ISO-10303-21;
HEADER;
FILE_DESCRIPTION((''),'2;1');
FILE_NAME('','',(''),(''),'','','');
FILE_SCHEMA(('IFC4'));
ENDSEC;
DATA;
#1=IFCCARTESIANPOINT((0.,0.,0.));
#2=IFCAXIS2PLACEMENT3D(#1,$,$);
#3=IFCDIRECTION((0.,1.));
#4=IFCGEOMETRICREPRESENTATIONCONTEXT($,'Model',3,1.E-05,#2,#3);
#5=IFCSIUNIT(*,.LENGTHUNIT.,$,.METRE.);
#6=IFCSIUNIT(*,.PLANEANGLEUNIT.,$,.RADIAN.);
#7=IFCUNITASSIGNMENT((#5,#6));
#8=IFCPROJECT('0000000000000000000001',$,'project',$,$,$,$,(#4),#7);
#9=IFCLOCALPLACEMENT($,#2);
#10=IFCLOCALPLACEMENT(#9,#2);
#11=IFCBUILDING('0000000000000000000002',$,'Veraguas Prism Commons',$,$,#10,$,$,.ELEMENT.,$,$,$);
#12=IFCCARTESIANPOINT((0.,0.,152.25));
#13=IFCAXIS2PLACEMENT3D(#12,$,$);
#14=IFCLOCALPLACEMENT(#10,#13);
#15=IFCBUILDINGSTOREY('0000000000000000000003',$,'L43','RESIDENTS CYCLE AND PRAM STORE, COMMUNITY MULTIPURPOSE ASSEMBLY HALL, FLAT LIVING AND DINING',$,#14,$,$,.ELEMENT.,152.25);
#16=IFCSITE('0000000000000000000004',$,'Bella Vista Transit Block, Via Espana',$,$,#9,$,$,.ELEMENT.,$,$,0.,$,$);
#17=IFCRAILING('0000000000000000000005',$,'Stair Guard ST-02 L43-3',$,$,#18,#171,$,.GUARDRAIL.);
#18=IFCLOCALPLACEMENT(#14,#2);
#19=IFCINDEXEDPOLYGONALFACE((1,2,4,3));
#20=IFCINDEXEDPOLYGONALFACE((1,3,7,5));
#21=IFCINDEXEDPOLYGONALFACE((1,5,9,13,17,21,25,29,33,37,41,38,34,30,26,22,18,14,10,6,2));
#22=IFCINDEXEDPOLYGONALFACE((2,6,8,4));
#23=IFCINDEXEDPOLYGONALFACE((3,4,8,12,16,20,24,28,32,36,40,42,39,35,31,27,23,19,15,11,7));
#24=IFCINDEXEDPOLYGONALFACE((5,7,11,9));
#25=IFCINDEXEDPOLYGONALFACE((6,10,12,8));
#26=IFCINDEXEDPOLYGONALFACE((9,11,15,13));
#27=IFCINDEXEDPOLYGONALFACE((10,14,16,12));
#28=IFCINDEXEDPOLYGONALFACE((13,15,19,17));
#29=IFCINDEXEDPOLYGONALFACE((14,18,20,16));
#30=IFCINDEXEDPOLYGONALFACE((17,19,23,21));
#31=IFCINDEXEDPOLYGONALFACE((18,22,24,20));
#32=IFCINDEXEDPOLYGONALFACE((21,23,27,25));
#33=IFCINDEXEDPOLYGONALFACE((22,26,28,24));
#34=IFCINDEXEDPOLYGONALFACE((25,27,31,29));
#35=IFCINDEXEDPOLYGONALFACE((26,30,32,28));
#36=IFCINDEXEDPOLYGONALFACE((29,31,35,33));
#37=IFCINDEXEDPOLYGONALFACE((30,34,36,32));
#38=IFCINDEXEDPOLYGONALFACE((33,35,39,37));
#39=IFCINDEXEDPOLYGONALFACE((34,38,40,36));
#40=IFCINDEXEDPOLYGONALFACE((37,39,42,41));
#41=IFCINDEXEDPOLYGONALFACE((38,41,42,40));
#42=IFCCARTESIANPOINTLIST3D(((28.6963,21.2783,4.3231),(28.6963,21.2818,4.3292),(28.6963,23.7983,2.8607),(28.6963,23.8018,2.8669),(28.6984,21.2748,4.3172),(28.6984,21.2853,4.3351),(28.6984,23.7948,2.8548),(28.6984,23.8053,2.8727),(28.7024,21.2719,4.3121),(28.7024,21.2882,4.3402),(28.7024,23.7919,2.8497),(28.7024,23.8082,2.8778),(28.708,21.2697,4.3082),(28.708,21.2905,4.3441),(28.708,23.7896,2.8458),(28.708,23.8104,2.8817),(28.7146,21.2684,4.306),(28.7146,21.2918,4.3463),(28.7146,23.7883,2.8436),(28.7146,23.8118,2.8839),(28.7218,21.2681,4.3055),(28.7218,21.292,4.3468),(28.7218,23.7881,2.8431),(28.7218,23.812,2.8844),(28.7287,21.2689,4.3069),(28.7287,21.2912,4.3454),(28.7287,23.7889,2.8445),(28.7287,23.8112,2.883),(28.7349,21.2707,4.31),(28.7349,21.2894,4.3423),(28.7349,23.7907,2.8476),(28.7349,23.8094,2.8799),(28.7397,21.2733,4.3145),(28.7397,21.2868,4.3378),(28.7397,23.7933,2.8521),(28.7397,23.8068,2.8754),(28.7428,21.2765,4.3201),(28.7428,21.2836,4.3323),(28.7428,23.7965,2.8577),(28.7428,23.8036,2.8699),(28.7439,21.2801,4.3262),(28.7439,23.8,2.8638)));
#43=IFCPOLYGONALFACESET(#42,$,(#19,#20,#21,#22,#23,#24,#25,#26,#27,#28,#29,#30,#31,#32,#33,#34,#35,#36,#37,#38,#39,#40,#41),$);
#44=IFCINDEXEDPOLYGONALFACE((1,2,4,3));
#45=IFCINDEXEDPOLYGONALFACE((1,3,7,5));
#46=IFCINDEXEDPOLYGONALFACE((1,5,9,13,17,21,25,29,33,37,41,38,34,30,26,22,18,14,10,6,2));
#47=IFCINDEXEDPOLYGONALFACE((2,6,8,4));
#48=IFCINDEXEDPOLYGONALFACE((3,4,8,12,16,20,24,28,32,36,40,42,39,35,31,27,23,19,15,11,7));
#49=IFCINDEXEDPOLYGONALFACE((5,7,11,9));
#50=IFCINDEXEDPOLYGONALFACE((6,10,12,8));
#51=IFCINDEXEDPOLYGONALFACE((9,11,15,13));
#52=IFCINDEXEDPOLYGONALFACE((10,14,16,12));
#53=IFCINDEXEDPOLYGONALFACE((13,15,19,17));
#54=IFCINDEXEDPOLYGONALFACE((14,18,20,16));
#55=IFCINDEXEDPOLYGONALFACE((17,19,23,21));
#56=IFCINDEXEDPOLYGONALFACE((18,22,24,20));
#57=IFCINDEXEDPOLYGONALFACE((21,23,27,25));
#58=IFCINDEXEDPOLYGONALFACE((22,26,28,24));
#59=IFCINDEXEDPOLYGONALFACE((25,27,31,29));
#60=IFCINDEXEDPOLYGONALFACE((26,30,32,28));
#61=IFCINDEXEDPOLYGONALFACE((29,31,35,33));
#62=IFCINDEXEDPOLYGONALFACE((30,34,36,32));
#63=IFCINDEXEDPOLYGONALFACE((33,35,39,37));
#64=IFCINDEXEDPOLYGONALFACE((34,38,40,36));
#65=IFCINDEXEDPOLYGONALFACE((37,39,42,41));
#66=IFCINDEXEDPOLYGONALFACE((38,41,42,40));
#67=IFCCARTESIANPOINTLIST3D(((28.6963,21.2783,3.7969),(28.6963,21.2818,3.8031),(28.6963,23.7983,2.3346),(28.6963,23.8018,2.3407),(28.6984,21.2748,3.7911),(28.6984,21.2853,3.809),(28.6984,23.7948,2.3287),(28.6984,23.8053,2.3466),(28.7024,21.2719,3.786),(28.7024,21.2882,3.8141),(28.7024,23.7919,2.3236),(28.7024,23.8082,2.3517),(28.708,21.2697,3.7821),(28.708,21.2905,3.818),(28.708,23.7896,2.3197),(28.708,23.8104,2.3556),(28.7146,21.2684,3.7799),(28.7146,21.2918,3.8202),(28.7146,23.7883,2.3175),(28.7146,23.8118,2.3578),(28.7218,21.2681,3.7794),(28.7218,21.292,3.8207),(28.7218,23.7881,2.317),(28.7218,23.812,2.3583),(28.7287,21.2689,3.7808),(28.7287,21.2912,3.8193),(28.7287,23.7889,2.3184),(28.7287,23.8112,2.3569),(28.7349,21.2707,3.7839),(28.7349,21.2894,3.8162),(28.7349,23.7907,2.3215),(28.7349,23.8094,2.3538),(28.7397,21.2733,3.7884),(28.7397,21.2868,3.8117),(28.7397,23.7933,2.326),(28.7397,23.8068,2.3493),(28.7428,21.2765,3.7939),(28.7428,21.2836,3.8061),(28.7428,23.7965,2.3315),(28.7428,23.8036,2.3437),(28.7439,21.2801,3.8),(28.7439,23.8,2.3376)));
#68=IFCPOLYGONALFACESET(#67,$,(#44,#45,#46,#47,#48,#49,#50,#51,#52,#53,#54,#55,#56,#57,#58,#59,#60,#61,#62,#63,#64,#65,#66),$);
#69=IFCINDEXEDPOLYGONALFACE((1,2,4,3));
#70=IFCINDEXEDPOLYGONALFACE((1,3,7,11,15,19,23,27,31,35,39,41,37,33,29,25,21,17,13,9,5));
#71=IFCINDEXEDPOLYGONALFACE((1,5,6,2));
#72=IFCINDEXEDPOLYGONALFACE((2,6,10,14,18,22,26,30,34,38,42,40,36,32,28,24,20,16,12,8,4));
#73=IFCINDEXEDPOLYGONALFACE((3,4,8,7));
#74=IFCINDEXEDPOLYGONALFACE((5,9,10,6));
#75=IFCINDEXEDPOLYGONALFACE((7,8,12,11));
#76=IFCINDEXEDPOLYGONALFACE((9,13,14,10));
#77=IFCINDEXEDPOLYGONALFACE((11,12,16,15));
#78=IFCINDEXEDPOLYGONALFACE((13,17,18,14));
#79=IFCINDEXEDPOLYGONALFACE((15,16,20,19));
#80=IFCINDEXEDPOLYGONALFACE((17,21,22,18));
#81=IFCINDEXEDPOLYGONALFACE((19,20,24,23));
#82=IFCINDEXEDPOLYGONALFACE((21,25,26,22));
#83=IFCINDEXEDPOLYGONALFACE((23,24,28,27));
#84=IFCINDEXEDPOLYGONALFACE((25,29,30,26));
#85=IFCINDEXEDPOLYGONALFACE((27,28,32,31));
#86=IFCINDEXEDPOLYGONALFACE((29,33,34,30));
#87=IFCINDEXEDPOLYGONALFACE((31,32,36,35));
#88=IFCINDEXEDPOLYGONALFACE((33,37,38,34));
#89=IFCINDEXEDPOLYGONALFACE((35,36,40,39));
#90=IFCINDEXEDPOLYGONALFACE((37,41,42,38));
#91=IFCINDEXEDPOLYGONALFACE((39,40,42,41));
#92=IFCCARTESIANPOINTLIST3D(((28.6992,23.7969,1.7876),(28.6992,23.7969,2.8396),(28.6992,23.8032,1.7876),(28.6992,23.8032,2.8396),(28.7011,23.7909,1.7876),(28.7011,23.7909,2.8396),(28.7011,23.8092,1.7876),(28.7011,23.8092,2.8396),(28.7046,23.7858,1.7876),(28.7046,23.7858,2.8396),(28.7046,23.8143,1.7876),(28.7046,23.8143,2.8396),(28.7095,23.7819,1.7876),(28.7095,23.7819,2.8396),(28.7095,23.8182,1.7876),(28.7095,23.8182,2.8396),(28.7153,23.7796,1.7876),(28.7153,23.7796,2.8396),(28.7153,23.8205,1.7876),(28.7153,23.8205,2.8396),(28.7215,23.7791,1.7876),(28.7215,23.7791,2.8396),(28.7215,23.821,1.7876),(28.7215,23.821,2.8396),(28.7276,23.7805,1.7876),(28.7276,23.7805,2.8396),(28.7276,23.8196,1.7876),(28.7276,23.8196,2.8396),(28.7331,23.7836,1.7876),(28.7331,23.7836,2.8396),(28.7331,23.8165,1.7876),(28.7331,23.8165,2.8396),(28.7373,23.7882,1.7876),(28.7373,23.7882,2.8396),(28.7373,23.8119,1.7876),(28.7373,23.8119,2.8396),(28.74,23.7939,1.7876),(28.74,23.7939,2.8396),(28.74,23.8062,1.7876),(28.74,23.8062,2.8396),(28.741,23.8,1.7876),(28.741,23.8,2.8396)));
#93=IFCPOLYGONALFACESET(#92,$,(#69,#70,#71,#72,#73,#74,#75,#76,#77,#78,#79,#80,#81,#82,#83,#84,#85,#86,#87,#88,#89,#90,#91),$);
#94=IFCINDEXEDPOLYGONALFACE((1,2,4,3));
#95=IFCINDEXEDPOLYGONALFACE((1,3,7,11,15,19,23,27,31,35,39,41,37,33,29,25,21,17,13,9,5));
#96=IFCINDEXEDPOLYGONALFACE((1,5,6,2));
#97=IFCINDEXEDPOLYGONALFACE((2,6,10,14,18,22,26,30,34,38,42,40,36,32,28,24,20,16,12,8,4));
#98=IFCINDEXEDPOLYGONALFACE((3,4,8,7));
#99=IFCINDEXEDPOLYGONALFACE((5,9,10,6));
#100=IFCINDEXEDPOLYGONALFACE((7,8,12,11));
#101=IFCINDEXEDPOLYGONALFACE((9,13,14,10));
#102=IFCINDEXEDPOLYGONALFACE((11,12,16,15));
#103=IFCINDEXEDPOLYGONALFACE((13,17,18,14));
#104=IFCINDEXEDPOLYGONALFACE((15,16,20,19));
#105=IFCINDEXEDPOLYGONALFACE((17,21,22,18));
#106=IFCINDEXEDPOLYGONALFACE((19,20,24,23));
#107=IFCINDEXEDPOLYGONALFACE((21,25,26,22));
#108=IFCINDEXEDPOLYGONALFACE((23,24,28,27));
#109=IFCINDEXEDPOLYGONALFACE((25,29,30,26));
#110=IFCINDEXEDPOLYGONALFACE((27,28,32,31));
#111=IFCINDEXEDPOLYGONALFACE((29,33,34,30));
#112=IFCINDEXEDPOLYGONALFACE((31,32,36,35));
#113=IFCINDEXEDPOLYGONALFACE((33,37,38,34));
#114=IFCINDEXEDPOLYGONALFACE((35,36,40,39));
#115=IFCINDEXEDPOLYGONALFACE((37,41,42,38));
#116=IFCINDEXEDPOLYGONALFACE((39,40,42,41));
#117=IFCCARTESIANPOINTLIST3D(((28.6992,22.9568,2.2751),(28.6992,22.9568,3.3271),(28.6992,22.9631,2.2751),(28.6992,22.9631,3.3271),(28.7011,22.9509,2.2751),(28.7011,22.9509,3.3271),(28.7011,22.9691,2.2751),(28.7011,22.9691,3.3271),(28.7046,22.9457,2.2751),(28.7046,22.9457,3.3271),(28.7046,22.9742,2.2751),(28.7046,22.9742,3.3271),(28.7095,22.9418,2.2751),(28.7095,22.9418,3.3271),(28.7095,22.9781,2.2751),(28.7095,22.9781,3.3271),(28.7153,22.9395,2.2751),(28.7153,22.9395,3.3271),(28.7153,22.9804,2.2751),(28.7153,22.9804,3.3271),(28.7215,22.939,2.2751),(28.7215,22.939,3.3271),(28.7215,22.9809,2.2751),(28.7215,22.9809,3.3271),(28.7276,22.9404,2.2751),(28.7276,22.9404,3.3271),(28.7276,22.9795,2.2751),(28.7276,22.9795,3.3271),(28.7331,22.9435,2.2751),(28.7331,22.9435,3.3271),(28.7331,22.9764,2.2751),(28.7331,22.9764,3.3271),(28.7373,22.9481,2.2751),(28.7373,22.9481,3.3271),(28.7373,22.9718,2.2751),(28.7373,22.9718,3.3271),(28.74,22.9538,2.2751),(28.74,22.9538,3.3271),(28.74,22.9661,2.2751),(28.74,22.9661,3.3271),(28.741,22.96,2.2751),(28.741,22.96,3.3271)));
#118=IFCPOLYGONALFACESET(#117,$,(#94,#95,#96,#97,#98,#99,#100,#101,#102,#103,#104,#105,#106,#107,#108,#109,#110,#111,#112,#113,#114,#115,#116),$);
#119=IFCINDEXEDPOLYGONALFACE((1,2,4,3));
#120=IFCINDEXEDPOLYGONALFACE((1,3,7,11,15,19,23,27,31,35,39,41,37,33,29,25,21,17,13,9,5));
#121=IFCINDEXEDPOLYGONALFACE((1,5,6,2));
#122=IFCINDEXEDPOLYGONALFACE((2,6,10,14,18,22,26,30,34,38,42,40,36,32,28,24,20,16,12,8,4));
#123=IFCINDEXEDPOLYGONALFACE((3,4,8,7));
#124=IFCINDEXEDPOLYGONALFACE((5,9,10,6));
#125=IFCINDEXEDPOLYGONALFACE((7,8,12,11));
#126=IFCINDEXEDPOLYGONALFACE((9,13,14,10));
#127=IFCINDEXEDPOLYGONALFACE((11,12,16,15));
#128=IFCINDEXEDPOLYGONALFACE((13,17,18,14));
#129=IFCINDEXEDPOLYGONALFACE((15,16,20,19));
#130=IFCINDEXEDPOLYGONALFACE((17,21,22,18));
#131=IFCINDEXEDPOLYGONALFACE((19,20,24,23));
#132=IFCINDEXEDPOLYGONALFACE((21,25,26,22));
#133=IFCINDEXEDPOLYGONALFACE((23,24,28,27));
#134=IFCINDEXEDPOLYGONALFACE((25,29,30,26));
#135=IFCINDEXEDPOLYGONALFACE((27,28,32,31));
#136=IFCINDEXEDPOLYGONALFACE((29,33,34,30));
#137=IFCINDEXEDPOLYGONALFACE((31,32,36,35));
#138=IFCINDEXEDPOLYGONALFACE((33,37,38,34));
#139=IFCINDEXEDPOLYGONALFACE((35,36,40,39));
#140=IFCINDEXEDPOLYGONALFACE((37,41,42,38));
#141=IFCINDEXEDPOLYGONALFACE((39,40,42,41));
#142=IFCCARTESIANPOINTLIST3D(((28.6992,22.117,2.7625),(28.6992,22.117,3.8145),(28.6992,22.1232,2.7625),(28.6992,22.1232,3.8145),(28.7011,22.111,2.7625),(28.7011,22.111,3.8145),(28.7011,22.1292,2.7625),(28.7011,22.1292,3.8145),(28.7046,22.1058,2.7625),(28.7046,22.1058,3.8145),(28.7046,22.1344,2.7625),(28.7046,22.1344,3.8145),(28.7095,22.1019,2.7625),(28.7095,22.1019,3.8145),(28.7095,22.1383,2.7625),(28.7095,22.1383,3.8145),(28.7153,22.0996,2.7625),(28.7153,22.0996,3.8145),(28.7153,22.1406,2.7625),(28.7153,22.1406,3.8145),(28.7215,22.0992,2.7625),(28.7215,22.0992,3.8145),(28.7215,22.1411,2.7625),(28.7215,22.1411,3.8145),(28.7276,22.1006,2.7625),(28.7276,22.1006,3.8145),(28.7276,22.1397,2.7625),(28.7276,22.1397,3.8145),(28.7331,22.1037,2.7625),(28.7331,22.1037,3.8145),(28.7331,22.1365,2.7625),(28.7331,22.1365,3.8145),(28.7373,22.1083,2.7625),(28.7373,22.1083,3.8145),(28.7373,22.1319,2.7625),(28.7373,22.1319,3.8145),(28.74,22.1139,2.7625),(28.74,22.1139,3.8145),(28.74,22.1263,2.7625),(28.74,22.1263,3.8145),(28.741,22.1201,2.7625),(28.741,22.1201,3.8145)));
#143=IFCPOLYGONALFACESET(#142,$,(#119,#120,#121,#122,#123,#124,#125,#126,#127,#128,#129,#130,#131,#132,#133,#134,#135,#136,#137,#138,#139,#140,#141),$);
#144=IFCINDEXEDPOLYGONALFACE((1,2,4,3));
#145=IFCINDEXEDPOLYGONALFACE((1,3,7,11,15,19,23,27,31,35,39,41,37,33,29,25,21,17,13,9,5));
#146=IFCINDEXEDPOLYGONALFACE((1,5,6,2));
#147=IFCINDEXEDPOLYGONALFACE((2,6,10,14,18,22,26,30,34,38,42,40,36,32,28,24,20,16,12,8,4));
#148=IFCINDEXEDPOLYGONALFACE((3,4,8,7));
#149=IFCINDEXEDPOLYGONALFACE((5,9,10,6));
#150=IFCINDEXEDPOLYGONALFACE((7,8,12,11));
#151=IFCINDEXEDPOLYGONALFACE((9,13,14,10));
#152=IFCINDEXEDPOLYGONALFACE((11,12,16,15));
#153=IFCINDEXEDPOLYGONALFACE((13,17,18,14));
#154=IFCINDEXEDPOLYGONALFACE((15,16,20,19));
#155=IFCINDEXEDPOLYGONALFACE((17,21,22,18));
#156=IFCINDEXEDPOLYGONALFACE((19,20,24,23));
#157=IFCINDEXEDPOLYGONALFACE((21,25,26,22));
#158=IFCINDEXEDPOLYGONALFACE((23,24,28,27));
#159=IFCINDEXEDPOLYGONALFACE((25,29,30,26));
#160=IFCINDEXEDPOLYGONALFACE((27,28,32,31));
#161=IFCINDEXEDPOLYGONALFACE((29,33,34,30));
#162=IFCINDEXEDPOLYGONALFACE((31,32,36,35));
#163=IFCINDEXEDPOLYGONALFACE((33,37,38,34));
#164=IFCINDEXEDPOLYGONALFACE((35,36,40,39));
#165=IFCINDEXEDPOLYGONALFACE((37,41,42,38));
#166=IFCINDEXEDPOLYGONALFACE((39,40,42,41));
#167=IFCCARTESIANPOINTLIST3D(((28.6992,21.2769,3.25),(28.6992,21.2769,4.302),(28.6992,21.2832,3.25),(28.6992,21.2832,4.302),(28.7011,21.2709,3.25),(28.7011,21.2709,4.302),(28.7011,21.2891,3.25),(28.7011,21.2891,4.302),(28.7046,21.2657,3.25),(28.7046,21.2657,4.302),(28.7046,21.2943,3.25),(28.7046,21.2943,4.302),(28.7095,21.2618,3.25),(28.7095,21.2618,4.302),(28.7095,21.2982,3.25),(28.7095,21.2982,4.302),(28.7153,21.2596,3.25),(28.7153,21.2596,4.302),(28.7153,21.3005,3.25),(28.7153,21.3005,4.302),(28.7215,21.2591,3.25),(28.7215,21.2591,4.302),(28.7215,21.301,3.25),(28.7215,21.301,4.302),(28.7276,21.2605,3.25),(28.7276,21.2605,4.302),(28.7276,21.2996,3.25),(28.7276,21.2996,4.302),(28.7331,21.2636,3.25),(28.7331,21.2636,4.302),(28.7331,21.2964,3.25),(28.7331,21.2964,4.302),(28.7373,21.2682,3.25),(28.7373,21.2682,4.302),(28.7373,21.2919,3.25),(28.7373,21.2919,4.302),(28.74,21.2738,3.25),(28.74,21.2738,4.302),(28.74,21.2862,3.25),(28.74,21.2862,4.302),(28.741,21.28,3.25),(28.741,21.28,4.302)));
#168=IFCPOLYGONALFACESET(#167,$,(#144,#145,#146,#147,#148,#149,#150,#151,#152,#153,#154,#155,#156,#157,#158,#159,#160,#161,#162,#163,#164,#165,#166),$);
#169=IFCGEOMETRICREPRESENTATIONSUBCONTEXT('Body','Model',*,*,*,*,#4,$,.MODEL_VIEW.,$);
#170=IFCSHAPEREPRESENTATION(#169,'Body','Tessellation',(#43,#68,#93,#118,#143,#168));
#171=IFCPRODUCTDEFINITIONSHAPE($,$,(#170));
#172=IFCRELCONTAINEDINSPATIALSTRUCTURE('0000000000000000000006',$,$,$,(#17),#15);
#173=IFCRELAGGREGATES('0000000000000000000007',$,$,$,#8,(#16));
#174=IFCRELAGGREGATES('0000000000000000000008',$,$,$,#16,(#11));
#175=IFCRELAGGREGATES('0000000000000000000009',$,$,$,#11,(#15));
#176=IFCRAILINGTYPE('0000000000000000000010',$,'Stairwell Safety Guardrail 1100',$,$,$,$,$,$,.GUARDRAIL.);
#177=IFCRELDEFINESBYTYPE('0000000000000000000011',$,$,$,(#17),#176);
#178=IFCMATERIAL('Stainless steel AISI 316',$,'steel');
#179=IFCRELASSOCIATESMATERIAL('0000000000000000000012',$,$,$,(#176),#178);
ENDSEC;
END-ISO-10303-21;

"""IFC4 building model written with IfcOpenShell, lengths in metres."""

from ifc_helpers import new_model, si_unit, direction, frame, origin, origin_2d, place, context, subcontext, project, spatial, circle, extrude, material, type_object, element, save


model = new_model("IFC4")

# Units and contexts
model_context = context("Model", 3, precision=1e-05, world=origin(), true_north=direction((0.0, 1.0)))
body_context = subcontext(model_context, "Body", "Model", "MODEL_VIEW")
ifc_project = project(units=[si_unit("LENGTHUNIT", "METRE"), si_unit("PLANEANGLEUNIT", "RADIAN")], contexts=[model_context])

# Site, building, storey
site_placement = place(None, origin())
site = spatial("IfcSite", under=ifc_project, at=site_placement, Name="Bella Vista Transit Block, Via Espana", CompositionType="ELEMENT", RefElevation=0.0)
building_placement = place(site_placement, origin())
building = spatial("IfcBuilding", under=site, at=building_placement, Name="Veraguas Prism Commons", CompositionType="ELEMENT")
storey_placement = place(building_placement, frame((0.0, 0.0, 152.25)))
storey = spatial("IfcBuildingStorey", under=building, at=storey_placement, Name="L43", Description="RESIDENTS CYCLE AND PRAM STORE, COMMUNITY MULTIPURPOSE ASSEMBLY HALL, FLAT LIVING AND DINING", CompositionType="ELEMENT", Elevation=152.25)

# Shared definitions
ifc_material_1 = material(Name="Stainless steel AISI 316", Category="steel")

# Railing
railing_type_1 = type_object("IfcRailingType", Name="Stairwell Safety Guardrail 1100", PredefinedType="GUARDRAIL", material=ifc_material_1)
railing_1_placement = place(storey_placement, frame((28.72, 23.8, 1.7876)))
element("IfcRailing", 1, at=railing_1_placement, inside=storey, type_object=railing_type_1, Name="Stair Guard ST-02 L43-3", PredefinedType="GUARDRAIL", context=body_context, shape_type="SweptSolid", body=[
    extrude(circle(Radius=0.0239, at=origin_2d()), frame((0.0, 0.0, 1.0762), z_axis=(0.0, -0.864913, 0.501921), x_axis=(1.0, 0.0, 0.0)), (0.0, 0.0, 1.0), 2.9136),
    extrude(circle(Radius=0.0239, at=origin_2d()), frame((0.0, 0.0, 0.55), z_axis=(0.0, -0.864913, 0.501921), x_axis=(1.0, 0.0, 0.0)), (0.0, 0.0, 1.0), 2.9136),
    extrude(circle(Radius=0.021, at=origin_2d()), origin(), (0.0, 0.0, 1.0), 1.052),
    extrude(circle(Radius=0.021, at=origin_2d()), frame((0.0, -0.8401, 0.4875)), (0.0, 0.0, 1.0), 1.052),
    extrude(circle(Radius=0.021, at=origin_2d()), frame((0.0, -1.6799, 0.9749)), (0.0, 0.0, 1.0), 1.052),
    extrude(circle(Radius=0.021, at=origin_2d()), frame((0.0, -2.52, 1.4624)), (0.0, 0.0, 1.0), 1.052),
])

save(model, "model.ifc")
